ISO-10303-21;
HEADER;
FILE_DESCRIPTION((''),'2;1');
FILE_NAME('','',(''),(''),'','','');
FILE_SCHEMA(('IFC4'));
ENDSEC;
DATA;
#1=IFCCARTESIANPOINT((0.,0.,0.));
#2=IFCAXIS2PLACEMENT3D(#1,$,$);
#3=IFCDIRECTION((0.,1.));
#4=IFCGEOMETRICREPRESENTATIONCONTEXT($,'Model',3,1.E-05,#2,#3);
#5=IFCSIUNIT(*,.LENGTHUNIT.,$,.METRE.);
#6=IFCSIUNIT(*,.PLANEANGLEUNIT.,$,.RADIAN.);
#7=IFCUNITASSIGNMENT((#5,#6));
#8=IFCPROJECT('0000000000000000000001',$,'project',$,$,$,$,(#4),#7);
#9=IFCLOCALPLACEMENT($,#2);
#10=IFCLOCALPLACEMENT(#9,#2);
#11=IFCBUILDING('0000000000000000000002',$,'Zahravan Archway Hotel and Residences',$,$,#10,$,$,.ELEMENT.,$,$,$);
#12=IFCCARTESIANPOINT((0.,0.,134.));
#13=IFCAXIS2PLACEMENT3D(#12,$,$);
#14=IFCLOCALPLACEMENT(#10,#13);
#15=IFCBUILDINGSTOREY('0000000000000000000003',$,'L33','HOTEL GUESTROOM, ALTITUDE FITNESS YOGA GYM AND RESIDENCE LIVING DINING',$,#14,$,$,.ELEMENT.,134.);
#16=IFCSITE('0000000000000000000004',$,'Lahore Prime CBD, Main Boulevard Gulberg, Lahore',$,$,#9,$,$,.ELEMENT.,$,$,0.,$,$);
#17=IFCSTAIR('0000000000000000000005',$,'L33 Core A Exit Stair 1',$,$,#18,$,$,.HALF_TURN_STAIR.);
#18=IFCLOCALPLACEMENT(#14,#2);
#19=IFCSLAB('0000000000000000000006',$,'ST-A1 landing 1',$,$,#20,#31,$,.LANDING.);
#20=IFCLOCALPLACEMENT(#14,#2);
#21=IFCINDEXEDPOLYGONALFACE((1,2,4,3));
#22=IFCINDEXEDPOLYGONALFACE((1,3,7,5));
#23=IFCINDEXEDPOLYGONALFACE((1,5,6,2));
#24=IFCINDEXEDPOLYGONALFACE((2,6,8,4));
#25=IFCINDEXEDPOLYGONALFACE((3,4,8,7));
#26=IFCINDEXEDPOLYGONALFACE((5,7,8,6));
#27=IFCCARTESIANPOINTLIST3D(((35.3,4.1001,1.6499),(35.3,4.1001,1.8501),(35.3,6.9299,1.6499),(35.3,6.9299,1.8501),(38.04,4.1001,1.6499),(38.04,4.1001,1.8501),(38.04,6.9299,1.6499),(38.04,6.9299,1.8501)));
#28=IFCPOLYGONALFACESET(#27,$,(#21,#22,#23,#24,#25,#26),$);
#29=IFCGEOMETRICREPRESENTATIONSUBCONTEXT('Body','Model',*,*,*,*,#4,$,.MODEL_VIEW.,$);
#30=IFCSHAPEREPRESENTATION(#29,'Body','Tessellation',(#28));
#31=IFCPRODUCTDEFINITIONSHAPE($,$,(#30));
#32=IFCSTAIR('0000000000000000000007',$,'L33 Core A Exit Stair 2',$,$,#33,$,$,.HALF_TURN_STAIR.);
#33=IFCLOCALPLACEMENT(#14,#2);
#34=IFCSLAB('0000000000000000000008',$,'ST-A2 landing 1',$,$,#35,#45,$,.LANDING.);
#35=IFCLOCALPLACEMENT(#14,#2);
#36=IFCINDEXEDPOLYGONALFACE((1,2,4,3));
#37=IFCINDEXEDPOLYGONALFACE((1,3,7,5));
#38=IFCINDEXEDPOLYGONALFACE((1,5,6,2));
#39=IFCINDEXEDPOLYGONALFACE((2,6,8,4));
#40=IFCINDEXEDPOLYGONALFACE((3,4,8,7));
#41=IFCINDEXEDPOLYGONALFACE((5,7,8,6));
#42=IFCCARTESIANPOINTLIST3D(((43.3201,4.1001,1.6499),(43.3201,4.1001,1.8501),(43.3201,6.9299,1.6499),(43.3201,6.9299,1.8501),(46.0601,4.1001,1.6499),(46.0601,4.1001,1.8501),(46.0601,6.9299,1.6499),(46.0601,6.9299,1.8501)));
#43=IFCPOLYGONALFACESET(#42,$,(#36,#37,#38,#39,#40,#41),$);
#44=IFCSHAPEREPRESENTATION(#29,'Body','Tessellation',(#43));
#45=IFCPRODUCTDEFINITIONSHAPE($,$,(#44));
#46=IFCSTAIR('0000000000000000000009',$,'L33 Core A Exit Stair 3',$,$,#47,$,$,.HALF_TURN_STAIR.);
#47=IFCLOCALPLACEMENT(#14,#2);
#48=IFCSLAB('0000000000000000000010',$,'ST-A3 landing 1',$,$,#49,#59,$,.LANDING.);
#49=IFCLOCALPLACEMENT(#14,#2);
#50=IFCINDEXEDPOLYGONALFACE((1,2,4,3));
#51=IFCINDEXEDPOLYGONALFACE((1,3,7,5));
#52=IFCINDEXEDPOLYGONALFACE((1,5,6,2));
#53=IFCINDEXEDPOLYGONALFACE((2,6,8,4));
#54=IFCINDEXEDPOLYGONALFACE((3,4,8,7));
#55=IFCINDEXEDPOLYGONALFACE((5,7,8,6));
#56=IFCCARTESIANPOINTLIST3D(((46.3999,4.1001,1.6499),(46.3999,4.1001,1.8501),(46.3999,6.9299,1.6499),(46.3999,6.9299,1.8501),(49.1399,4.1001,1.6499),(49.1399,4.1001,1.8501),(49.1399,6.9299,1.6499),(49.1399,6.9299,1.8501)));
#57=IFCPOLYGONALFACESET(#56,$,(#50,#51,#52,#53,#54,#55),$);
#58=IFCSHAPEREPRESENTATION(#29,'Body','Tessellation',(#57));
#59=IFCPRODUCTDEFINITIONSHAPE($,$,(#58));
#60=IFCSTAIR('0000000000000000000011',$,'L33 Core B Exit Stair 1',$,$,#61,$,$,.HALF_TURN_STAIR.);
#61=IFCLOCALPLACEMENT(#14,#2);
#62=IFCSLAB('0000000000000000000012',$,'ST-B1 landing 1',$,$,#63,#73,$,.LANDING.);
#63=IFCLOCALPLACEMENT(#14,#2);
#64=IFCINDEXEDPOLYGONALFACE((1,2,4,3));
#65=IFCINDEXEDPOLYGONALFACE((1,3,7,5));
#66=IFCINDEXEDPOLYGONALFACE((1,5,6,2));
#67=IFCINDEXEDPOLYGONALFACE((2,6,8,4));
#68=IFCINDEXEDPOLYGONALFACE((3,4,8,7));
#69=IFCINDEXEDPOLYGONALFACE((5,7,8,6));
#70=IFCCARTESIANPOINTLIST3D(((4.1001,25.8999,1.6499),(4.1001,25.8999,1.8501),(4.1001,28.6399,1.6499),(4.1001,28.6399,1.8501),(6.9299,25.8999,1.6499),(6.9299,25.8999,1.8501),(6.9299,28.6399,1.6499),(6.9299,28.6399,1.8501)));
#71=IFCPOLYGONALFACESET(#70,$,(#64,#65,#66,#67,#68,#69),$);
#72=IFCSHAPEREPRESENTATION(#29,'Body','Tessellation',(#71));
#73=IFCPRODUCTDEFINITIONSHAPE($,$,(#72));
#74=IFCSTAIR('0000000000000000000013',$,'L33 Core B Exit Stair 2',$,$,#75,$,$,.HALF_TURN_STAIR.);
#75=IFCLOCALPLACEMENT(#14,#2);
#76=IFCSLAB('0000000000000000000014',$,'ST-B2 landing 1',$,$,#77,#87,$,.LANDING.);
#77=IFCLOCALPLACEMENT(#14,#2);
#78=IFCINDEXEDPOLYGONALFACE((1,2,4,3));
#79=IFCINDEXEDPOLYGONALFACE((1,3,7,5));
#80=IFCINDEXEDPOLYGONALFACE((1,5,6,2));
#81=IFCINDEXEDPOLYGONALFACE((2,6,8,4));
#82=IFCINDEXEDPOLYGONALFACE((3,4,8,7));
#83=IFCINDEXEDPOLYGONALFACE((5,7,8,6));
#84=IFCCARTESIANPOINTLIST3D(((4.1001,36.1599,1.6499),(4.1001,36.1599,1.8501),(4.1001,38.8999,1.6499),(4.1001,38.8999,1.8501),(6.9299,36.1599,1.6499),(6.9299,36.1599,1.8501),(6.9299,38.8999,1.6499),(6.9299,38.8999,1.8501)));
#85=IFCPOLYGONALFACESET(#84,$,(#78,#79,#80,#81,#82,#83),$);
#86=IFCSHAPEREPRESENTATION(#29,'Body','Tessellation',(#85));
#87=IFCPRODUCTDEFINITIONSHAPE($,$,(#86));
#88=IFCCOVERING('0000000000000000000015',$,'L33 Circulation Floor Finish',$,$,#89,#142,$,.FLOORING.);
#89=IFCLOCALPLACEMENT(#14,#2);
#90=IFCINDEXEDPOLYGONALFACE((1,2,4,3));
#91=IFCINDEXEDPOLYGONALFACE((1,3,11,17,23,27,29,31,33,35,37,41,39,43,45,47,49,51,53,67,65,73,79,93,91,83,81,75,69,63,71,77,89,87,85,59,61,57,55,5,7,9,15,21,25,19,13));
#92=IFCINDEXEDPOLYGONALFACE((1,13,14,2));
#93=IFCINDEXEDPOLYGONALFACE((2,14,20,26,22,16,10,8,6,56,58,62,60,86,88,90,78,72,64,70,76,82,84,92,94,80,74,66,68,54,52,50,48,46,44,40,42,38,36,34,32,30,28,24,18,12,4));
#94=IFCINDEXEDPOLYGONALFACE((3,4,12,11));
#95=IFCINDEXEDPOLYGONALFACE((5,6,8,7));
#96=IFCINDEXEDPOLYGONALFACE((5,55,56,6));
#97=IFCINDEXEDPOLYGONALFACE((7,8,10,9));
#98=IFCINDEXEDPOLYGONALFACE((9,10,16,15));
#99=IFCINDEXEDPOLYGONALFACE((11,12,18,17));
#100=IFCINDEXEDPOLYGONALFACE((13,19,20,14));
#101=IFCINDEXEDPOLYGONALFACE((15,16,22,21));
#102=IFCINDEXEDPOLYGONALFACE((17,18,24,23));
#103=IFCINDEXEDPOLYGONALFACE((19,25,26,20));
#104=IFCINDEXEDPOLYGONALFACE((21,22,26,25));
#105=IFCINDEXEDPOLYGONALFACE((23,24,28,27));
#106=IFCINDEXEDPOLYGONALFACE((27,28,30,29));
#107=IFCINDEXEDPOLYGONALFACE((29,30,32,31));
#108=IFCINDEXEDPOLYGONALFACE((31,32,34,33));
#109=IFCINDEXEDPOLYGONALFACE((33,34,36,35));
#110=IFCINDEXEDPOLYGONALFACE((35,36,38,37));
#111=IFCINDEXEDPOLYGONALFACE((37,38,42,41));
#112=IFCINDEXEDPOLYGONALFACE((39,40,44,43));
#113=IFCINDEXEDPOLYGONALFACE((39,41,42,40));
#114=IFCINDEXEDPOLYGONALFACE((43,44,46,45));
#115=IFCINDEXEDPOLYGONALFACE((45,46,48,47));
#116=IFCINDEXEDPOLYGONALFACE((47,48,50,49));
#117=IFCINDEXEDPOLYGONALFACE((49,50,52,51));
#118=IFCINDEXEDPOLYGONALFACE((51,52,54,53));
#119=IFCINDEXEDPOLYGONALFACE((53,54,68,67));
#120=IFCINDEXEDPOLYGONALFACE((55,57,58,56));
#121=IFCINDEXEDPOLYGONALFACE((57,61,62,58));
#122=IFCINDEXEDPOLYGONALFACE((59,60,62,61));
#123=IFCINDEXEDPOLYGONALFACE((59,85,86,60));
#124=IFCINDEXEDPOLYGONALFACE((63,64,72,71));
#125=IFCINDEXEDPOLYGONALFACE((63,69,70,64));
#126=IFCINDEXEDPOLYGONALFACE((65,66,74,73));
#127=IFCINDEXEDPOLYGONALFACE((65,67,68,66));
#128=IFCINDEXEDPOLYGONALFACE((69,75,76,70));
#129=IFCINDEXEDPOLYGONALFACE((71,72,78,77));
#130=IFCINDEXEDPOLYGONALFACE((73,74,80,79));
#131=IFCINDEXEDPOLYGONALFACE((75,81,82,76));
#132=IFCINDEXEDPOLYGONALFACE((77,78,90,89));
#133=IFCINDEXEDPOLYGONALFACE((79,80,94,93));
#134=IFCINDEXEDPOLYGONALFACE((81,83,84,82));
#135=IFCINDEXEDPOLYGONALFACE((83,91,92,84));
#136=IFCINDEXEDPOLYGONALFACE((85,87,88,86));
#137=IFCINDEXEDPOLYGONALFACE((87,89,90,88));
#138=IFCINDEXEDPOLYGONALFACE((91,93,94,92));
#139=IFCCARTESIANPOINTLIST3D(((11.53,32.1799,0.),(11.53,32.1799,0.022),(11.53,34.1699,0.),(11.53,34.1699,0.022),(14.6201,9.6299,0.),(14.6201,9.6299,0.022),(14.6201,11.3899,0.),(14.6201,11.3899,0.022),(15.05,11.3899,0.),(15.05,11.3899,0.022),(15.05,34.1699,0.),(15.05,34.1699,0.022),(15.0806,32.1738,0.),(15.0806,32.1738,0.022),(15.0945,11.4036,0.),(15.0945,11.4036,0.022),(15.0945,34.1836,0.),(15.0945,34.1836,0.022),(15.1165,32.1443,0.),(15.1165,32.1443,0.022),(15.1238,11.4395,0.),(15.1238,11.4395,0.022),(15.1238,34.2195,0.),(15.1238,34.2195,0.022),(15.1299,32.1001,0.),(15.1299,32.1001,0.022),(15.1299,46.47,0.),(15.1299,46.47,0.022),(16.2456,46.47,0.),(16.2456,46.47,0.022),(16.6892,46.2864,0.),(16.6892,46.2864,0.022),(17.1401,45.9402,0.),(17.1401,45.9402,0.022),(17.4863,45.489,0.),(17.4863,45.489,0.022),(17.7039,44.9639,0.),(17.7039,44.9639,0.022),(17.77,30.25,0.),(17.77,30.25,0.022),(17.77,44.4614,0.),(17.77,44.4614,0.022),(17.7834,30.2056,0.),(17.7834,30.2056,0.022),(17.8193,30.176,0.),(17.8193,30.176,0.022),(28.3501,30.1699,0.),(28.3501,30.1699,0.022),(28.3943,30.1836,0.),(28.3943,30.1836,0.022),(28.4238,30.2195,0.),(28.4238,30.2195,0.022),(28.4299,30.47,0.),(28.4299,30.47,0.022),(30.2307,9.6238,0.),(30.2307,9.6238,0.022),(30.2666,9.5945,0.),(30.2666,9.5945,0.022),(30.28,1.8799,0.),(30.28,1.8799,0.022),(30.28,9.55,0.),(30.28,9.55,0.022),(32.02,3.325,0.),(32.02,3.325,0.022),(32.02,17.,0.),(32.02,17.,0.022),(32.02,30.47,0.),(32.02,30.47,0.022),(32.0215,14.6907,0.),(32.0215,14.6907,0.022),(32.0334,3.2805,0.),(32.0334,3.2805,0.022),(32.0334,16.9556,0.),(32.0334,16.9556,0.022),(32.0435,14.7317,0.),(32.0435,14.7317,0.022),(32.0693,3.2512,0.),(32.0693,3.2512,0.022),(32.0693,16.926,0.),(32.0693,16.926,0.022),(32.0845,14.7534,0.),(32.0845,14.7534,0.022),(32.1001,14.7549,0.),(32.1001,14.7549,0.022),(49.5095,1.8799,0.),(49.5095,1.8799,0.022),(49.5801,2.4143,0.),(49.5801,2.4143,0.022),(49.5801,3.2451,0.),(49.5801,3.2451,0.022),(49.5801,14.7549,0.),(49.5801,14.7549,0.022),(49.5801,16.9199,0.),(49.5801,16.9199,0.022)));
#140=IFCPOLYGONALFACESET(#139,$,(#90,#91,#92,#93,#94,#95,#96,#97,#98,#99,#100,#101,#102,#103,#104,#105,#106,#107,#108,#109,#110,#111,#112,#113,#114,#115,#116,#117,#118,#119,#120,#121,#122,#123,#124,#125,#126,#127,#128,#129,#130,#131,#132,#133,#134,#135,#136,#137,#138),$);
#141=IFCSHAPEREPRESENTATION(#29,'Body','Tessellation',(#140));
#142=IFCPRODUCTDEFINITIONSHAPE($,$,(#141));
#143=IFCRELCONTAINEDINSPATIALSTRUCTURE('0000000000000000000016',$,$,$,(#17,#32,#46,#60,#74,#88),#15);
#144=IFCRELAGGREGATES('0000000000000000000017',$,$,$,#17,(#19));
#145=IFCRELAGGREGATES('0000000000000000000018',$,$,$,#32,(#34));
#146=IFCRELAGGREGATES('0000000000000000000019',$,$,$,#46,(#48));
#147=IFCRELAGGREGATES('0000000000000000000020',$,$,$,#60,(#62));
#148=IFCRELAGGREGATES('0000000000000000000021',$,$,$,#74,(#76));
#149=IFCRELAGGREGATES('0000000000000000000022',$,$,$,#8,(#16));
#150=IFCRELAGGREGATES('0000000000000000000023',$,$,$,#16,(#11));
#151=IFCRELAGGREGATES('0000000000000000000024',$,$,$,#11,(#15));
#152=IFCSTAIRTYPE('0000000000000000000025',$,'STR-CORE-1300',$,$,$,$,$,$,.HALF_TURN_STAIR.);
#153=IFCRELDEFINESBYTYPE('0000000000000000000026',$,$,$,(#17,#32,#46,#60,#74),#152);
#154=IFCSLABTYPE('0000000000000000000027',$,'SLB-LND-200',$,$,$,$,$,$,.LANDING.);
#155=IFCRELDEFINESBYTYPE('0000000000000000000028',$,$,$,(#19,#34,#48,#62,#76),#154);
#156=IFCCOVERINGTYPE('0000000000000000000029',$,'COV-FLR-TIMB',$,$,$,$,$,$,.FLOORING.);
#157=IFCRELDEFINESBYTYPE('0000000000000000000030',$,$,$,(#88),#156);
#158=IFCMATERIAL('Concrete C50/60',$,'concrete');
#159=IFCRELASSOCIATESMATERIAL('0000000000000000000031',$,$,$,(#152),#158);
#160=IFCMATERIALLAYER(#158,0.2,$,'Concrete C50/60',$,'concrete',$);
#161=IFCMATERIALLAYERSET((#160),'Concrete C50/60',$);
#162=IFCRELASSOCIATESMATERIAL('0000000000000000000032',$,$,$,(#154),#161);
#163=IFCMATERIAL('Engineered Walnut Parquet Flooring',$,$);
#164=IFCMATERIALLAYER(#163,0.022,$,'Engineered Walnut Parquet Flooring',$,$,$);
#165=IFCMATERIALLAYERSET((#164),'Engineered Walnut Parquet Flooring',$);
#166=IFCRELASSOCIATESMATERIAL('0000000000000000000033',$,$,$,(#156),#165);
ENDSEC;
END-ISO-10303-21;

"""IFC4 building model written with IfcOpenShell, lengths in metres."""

from ifc_helpers import new_model, si_unit, direction, frame, origin, place, context, subcontext, project, spatial, polyline, outline, extrude, material, layer, layer_set, type_object, element, aggregate, save


model = new_model("IFC4")

# Units and contexts
model_context = context("Model", 3, precision=1e-05, world=origin(), true_north=direction((0.0, 1.0)))
body_context = subcontext(model_context, "Body", "Model", "MODEL_VIEW")
ifc_project = project(units=[si_unit("LENGTHUNIT", "METRE"), si_unit("PLANEANGLEUNIT", "RADIAN")], contexts=[model_context])

# Site, building, storey
site_placement = place(None, origin())
site = spatial("IfcSite", under=ifc_project, at=site_placement, Name="Lahore Prime CBD, Main Boulevard Gulberg, Lahore", CompositionType="ELEMENT", RefElevation=0.0)
building_placement = place(site_placement, origin())
building = spatial("IfcBuilding", under=site, at=building_placement, Name="Zahravan Archway Hotel and Residences", CompositionType="ELEMENT")
storey_placement = place(building_placement, frame((0.0, 0.0, 134.0)))
storey = spatial("IfcBuildingStorey", under=building, at=storey_placement, Name="L33", Description="HOTEL GUESTROOM, ALTITUDE FITNESS YOGA GYM AND RESIDENCE LIVING DINING", CompositionType="ELEMENT", Elevation=134.0)

# Stairs, slabs
ifc_material_1 = material(Name="Concrete C50/60", Category="concrete")
stair_type = type_object("IfcStairType", Name="STR-CORE-1300", PredefinedType="HALF_TURN_STAIR", material=ifc_material_1)
stair_1_placement = place(storey_placement, origin())
stair_1 = element("IfcStair", 1, at=stair_1_placement, inside=storey, type_object=stair_type, Name="L33 Core A Exit Stair 1", PredefinedType="HALF_TURN_STAIR")
ifc_layer_1 = layer(ifc_material_1, 0.2, Name="Concrete C50/60", Category="concrete")
ifc_layer_set_1 = layer_set([ifc_layer_1], Name="Concrete C50/60")
slab_type_1 = type_object("IfcSlabType", Name="SLB-LND-200", PredefinedType="LANDING", material=ifc_layer_set_1)
slab_1_placement = place(storey_placement, frame((0.0, 0.0, 1.6499)))
slab_1 = element("IfcSlab", 2, at=slab_1_placement, type_object=slab_type_1, Name="ST-A1 landing 1", PredefinedType="LANDING", context=body_context, shape_type="SweptSolid", body=[
    extrude(outline(polyline([(35.3, 6.9299), (35.3, 4.1001), (38.04, 4.1001), (38.04, 6.9299), (35.3, 6.9299)])), origin(), (0.0, 0.0, 1.0), 0.2002),
])
aggregate(stair_1, [slab_1])
stair_2_placement = place(storey_placement, origin())
stair_2 = element("IfcStair", 3, at=stair_2_placement, inside=storey, type_object=stair_type, Name="L33 Core A Exit Stair 2", PredefinedType="HALF_TURN_STAIR")
slab_2_placement = place(storey_placement, frame((0.0, 0.0, 1.6499)))
slab_2 = element("IfcSlab", 4, at=slab_2_placement, type_object=slab_type_1, Name="ST-A2 landing 1", PredefinedType="LANDING", context=body_context, shape_type="SweptSolid", body=[
    extrude(outline(polyline([(43.3201, 6.9299), (43.3201, 4.1001), (46.0601, 4.1001), (46.0601, 6.9299), (43.3201, 6.9299)])), origin(), (0.0, 0.0, 1.0), 0.2002),
])
aggregate(stair_2, [slab_2])
stair_3_placement = place(storey_placement, origin())
stair_3 = element("IfcStair", 5, at=stair_3_placement, inside=storey, type_object=stair_type, Name="L33 Core A Exit Stair 3", PredefinedType="HALF_TURN_STAIR")
slab_3_placement = place(storey_placement, frame((0.0, 0.0, 1.6499)))
slab_3 = element("IfcSlab", 6, at=slab_3_placement, type_object=slab_type_1, Name="ST-A3 landing 1", PredefinedType="LANDING", context=body_context, shape_type="SweptSolid", body=[
    extrude(outline(polyline([(46.3999, 6.9299), (46.3999, 4.1001), (49.1399, 4.1001), (49.1399, 6.9299), (46.3999, 6.9299)])), origin(), (0.0, 0.0, 1.0), 0.2002),
])
aggregate(stair_3, [slab_3])
stair_4_placement = place(storey_placement, origin())
stair_4 = element("IfcStair", 7, at=stair_4_placement, inside=storey, type_object=stair_type, Name="L33 Core B Exit Stair 1", PredefinedType="HALF_TURN_STAIR")
slab_4_placement = place(storey_placement, frame((0.0, 0.0, 1.6499)))
slab_4 = element("IfcSlab", 8, at=slab_4_placement, type_object=slab_type_1, Name="ST-B1 landing 1", PredefinedType="LANDING", context=body_context, shape_type="SweptSolid", body=[
    extrude(outline(polyline([(6.9299, 28.6399), (4.1001, 28.6399), (4.1001, 25.8999), (6.9299, 25.8999), (6.9299, 28.6399)])), origin(), (0.0, 0.0, 1.0), 0.2002),
])
aggregate(stair_4, [slab_4])
stair_5_placement = place(storey_placement, origin())
stair_5 = element("IfcStair", 9, at=stair_5_placement, inside=storey, type_object=stair_type, Name="L33 Core B Exit Stair 2", PredefinedType="HALF_TURN_STAIR")
slab_5_placement = place(storey_placement, frame((0.0, 0.0, 1.6499)))
slab_5 = element("IfcSlab", 10, at=slab_5_placement, type_object=slab_type_1, Name="ST-B2 landing 1", PredefinedType="LANDING", context=body_context, shape_type="SweptSolid", body=[
    extrude(outline(polyline([(6.9299, 38.8999), (4.1001, 38.8999), (4.1001, 36.1599), (6.9299, 36.1599), (6.9299, 38.8999)])), origin(), (0.0, 0.0, 1.0), 0.2002),
])
aggregate(stair_5, [slab_5])

# Covering
ifc_material_2 = material(Name="Engineered Walnut Parquet Flooring")
ifc_layer_2 = layer(ifc_material_2, 0.022, Name="Engineered Walnut Parquet Flooring")
ifc_layer_set_2 = layer_set([ifc_layer_2], Name="Engineered Walnut Parquet Flooring")
covering_type = type_object("IfcCoveringType", Name="COV-FLR-TIMB", PredefinedType="FLOORING", material=ifc_layer_set_2)
covering_placement = place(storey_placement, origin())
element("IfcCovering", 11, at=covering_placement, inside=storey, type_object=covering_type, Name="L33 Circulation Floor Finish", PredefinedType="FLOORING", context=body_context, shape_type="SweptSolid", body=[
    extrude(outline(polyline([(32.0845, 14.7534), (32.0435, 14.7317), (32.0215, 14.6907), (32.02, 3.325), (32.0334, 3.2805), (32.0693, 3.2512), (49.5801, 3.2451), (49.5801, 2.4143), (49.5095, 1.8799), (30.28, 1.8799), (30.28, 9.55), (30.2666, 9.5945), (30.2307, 9.6238), (14.6201, 9.6299), (14.6201, 11.3899), (15.05, 11.3899), (15.0945, 11.4036), (15.1238, 11.4395), (15.1299, 32.1001), (15.1165, 32.1443), (15.0806, 32.1738), (11.53, 32.1799), (11.53, 34.1699), (15.05, 34.1699), (15.0945, 34.1836), (15.1238, 34.2195), (15.1299, 46.47), (16.2456, 46.47), (16.6892, 46.2864), (17.1401, 45.9402), (17.4863, 45.489), (17.7039, 44.9639), (17.77, 44.4614), (17.77, 30.25), (17.7834, 30.2056), (17.8193, 30.176), (28.3501, 30.1699), (28.3943, 30.1836), (28.4238, 30.2195), (28.4299, 30.47), (32.02, 30.47), (32.02, 17.0), (32.0334, 16.9556), (32.0693, 16.926), (49.5801, 16.9199), (49.5801, 14.7549), (32.1001, 14.7549), (32.0845, 14.7534)])), origin(), (0.0, 0.0, 1.0), 0.022),
])

save(model, "model.ifc")
